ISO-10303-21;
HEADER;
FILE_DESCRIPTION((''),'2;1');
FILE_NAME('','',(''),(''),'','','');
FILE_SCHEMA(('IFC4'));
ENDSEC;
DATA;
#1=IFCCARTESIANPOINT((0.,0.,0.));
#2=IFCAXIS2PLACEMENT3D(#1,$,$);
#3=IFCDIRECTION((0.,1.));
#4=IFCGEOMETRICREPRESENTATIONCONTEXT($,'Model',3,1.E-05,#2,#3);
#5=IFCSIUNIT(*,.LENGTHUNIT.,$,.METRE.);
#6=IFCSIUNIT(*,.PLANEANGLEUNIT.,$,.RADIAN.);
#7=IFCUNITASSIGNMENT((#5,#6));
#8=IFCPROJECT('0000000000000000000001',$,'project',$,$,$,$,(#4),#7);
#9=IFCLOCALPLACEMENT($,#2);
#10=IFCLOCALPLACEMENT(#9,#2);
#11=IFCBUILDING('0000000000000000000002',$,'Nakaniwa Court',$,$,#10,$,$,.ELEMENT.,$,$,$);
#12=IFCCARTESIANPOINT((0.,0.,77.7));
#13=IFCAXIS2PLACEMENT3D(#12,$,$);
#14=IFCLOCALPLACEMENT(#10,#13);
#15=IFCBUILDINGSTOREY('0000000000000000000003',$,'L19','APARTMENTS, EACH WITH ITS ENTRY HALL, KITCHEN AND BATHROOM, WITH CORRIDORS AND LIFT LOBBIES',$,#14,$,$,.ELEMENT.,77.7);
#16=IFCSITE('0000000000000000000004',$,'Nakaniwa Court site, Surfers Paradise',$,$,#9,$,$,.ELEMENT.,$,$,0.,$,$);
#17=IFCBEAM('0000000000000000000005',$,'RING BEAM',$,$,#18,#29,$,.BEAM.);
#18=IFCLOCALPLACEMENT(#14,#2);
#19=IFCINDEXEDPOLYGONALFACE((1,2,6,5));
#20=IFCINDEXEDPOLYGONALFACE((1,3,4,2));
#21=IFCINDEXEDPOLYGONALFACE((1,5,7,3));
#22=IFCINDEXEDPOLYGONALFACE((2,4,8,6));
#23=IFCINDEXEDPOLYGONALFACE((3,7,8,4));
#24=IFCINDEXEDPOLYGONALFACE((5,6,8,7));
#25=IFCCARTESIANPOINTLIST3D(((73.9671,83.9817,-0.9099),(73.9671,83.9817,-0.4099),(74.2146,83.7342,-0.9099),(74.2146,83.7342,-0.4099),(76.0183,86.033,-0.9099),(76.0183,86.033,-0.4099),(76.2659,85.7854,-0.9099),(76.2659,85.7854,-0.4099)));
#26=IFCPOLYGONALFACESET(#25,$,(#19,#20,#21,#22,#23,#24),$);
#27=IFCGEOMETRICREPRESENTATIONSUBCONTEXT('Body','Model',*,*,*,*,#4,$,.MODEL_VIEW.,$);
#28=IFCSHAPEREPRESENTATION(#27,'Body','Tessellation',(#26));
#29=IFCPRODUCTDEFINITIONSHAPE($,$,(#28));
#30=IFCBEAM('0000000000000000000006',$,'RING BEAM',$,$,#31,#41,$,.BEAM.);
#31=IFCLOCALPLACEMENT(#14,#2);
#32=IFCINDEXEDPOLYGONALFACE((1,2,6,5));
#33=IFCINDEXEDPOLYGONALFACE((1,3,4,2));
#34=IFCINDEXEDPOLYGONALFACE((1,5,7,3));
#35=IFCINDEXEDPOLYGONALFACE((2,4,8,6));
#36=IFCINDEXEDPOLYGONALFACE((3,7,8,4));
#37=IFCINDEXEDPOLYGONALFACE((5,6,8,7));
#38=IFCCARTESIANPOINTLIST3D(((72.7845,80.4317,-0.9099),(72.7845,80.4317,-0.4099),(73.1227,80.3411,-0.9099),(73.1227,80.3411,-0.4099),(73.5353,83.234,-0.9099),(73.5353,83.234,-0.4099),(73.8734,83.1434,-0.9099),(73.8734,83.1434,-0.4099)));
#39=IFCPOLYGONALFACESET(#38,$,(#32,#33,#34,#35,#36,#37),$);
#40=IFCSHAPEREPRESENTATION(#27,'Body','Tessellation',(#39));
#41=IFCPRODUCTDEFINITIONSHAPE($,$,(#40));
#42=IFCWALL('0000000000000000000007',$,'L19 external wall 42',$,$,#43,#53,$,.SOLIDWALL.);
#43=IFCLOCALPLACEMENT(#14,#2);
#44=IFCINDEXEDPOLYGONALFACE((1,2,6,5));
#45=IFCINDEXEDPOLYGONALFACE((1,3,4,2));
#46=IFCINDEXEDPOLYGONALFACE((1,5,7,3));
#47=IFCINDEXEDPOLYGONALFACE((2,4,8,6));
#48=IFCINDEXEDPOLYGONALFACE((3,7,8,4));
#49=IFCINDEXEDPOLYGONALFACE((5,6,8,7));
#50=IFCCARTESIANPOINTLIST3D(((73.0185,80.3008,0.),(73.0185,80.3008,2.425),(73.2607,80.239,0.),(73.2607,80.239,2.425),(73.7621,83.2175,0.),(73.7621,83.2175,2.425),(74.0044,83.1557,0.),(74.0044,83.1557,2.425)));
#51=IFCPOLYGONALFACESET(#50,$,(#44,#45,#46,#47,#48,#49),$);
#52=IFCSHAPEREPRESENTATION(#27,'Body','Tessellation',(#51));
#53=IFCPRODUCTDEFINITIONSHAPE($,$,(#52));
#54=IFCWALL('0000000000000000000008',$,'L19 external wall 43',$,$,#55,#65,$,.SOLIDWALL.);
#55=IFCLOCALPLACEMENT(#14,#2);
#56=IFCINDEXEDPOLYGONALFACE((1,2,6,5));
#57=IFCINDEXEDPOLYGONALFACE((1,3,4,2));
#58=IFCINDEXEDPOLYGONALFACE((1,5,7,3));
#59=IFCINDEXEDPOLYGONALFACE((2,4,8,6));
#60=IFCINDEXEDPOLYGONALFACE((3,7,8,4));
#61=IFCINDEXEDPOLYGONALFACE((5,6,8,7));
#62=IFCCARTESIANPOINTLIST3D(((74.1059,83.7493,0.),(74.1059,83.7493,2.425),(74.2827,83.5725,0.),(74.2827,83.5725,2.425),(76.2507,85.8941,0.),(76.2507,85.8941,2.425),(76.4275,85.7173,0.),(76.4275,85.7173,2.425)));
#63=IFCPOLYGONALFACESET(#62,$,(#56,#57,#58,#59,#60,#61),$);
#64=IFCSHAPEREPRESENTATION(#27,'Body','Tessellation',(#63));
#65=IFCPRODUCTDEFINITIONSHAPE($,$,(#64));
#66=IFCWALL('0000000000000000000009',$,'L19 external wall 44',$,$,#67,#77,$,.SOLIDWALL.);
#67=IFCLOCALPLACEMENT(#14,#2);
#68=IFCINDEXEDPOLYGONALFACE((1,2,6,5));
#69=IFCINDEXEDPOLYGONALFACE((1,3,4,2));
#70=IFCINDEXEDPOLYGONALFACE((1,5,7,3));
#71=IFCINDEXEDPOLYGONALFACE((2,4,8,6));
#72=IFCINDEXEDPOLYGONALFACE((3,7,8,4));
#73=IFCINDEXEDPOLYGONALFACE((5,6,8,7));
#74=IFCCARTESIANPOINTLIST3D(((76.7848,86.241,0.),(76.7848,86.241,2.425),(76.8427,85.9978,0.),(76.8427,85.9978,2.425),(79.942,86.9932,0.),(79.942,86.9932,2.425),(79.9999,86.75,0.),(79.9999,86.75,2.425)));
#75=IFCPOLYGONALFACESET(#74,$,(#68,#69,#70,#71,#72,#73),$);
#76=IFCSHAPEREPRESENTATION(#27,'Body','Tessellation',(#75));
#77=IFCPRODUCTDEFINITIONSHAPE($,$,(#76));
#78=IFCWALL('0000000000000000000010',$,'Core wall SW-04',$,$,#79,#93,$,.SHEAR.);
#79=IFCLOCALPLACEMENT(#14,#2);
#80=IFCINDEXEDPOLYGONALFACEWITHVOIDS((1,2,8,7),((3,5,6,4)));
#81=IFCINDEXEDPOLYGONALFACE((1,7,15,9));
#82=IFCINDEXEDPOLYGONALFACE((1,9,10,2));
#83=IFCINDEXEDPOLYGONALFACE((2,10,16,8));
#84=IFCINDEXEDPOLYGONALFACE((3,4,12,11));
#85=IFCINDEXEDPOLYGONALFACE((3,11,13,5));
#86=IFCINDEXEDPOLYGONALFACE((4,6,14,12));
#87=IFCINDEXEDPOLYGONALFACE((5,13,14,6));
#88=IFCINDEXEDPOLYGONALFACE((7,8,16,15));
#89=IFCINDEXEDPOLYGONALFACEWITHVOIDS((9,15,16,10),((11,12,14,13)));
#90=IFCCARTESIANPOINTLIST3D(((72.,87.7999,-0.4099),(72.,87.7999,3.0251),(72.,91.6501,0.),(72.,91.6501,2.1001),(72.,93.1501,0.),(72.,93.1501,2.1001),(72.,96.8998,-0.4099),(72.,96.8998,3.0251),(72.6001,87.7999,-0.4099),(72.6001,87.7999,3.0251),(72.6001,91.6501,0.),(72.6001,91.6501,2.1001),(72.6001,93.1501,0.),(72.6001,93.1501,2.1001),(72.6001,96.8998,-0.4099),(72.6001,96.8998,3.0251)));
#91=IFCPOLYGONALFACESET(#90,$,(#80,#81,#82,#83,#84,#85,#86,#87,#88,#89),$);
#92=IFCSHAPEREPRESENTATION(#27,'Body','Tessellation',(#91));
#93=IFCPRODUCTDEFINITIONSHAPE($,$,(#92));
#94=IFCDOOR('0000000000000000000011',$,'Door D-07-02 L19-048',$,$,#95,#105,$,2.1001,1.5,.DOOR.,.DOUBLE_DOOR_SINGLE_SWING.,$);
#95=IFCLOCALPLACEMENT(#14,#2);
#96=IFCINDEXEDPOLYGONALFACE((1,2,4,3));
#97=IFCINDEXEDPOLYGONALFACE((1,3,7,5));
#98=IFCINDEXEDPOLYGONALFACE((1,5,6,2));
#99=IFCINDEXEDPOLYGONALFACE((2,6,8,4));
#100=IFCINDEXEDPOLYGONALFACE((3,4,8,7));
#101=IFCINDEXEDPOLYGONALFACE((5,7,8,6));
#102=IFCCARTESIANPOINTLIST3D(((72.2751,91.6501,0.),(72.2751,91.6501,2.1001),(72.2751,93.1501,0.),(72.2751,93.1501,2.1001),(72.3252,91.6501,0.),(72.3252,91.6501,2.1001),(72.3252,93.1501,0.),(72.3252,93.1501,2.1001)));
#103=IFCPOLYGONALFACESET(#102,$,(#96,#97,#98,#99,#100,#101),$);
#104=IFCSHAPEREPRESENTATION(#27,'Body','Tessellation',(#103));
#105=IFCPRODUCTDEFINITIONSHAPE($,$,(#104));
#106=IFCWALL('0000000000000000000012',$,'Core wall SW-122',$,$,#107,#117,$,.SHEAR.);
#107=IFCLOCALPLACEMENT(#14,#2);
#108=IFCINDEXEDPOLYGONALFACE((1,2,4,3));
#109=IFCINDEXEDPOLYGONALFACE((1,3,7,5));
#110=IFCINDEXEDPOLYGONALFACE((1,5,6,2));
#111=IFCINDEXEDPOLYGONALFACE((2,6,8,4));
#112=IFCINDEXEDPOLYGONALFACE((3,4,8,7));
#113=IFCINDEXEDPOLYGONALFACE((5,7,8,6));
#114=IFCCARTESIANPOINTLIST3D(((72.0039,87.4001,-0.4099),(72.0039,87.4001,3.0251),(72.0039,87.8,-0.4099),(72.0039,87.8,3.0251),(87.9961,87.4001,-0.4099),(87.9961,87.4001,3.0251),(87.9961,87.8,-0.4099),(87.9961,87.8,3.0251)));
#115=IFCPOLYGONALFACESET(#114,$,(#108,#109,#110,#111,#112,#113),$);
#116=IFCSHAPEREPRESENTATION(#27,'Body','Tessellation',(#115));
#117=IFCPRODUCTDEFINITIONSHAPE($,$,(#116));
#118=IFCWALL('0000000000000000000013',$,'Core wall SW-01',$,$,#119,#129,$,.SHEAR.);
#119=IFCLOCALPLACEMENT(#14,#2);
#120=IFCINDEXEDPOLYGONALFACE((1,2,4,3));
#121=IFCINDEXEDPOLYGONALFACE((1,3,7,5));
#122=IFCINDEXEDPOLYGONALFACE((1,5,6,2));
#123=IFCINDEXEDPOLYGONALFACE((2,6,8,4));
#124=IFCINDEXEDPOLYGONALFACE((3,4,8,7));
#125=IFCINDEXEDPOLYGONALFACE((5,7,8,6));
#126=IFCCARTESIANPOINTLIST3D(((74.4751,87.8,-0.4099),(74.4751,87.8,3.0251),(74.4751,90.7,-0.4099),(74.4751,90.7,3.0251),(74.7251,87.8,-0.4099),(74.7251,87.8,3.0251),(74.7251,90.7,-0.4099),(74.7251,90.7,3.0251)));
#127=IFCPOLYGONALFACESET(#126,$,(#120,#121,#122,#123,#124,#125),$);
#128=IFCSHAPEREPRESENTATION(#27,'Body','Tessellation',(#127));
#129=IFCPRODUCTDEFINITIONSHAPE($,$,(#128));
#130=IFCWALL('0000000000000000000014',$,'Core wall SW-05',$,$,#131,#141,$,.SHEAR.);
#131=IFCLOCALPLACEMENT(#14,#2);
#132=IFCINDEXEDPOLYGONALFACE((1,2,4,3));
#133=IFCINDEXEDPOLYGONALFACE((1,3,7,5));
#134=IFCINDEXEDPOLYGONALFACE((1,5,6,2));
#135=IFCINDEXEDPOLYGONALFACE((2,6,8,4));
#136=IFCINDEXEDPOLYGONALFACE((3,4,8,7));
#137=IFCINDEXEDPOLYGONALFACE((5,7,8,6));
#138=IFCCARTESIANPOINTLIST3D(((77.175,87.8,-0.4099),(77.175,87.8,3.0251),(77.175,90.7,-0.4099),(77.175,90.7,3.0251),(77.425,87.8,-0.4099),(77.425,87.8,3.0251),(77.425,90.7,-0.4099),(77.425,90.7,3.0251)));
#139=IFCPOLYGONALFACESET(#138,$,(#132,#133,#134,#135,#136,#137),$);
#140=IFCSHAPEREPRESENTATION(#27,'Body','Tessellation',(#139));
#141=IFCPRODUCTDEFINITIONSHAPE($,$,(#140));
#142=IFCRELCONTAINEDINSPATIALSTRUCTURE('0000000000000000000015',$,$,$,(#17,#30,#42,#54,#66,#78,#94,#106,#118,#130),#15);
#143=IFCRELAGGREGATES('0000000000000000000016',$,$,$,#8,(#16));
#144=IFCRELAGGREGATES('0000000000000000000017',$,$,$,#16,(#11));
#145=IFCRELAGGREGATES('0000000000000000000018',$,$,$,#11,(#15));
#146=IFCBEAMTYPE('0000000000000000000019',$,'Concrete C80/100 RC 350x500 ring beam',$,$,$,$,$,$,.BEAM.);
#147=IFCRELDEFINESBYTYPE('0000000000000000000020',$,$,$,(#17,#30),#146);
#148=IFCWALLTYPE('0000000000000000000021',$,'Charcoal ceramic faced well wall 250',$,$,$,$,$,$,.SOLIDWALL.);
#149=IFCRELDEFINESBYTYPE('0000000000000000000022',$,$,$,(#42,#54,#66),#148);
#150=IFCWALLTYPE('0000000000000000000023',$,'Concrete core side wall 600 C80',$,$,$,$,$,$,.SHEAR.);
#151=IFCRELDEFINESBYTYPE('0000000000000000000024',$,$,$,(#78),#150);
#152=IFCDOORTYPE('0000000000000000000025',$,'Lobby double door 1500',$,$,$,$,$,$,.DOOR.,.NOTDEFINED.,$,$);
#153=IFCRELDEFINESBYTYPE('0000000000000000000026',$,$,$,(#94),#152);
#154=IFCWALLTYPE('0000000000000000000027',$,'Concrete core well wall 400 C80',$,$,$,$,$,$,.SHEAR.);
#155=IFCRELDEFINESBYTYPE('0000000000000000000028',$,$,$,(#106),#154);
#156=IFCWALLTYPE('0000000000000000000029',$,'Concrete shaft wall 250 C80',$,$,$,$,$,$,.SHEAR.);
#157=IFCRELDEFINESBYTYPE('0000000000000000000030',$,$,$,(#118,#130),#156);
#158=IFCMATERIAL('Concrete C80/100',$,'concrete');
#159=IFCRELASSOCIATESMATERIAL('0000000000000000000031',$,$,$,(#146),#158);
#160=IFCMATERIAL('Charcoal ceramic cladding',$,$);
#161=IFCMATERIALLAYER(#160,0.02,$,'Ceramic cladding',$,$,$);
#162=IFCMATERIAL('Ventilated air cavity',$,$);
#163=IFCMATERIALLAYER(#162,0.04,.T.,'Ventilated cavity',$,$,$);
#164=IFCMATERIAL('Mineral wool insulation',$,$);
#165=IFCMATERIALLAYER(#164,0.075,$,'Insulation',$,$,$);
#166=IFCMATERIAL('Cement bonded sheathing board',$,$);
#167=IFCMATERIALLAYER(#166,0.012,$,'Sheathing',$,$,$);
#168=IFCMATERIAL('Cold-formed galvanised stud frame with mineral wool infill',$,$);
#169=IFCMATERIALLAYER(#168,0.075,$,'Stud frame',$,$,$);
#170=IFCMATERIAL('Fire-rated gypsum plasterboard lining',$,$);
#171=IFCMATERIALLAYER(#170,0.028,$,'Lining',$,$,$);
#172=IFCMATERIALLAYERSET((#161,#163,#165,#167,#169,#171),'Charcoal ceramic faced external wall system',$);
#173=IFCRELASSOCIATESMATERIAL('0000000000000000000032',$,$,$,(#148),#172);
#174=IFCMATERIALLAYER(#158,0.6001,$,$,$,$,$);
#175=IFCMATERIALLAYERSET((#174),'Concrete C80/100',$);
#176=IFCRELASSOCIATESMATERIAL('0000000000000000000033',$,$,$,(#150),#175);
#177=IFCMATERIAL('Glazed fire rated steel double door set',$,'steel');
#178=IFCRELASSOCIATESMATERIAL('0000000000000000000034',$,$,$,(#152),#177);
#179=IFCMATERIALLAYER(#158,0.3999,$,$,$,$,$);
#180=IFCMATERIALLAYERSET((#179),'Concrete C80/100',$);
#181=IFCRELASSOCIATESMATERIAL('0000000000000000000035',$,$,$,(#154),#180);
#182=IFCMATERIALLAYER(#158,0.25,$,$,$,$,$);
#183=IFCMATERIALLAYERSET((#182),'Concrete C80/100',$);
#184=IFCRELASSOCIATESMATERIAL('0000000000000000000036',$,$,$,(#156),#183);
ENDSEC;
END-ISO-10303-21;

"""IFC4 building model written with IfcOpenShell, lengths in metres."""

from ifc_helpers import new_model, si_unit, direction, frame, frame_2d, origin, origin_2d, place, context, subcontext, project, spatial, rectangle, extrude, material, layer, layer_set, material_profile, profile_set, type_object, element, fill, save


model = new_model("IFC4")

# Units and contexts
model_context = context("Model", 3, precision=1e-05, world=origin(), true_north=direction((0.0, 1.0)))
body_context = subcontext(model_context, "Body", "Model", "MODEL_VIEW")
ifc_project = project(units=[si_unit("LENGTHUNIT", "METRE"), si_unit("PLANEANGLEUNIT", "RADIAN")], contexts=[model_context])

# Site, building, storey
site_placement = place(None, origin())
site = spatial("IfcSite", under=ifc_project, at=site_placement, Name="Nakaniwa Court site, Surfers Paradise", CompositionType="ELEMENT", RefElevation=0.0)
building_placement = place(site_placement, origin())
building = spatial("IfcBuilding", under=site, at=building_placement, Name="Nakaniwa Court", CompositionType="ELEMENT")
storey_placement = place(building_placement, frame((0.0, 0.0, 77.7)))
storey = spatial("IfcBuildingStorey", under=building, at=storey_placement, Name="L19", Description="APARTMENTS, EACH WITH ITS ENTRY HALL, KITCHEN AND BATHROOM, WITH CORRIDORS AND LIFT LOBBIES", CompositionType="ELEMENT", Elevation=77.7)

# Shared definitions
ifc_material_1 = material(Name="Concrete C80/100", Category="concrete")

# Beams
ifc_material_profile_1 = material_profile(ifc_material_1, rectangle(XDim=0.3501, YDim=0.5, at=origin_2d()), Name="Concrete C80/100 RC 350x500 ring beam")
ifc_profile_set_1 = profile_set([ifc_material_profile_1], Name="Concrete C80/100")
beam_type = type_object("IfcBeamType", Name="Concrete C80/100 RC 350x500 ring beam", PredefinedType="BEAM", material=ifc_profile_set_1)
beam_1_placement = place(storey_placement, frame((76.1421, 85.9092, -0.6599), z_axis=(-0.707107, -0.707107, 0.0), x_axis=(0.707107, -0.707107, 0.0)))
element("IfcBeam", 1, at=beam_1_placement, inside=storey, type_object=beam_type, Name="RING BEAM", PredefinedType="BEAM", context=body_context, shape_type="SweptSolid", body=[
    extrude(rectangle(XDim=0.3501, YDim=0.5, at=origin_2d()), origin(), (0.0, 0.0, 1.0), 2.9009),
])
beam_2_placement = place(storey_placement, frame((73.7043, 83.1887, -0.6599), z_axis=(-0.258778, -0.965937, 0.0), x_axis=(0.965937, -0.258778, 0.0)))
element("IfcBeam", 2, at=beam_2_placement, inside=storey, type_object=beam_type, Name="RING BEAM", PredefinedType="BEAM", context=body_context, shape_type="SweptSolid", body=[
    extrude(rectangle(XDim=0.3501, YDim=0.5, at=origin_2d()), origin(), (0.0, 0.0, 1.0), 2.9011),
])

# Walls
ifc_material_2 = material(Name="Charcoal ceramic cladding")
ifc_layer_1 = layer(ifc_material_2, 0.02, Name="Ceramic cladding")
ifc_material_3 = material(Name="Ventilated air cavity")
ifc_layer_2 = layer(ifc_material_3, 0.04, ventilated=True, Name="Ventilated cavity")
ifc_material_4 = material(Name="Mineral wool insulation")
ifc_layer_3 = layer(ifc_material_4, 0.075, Name="Insulation")
ifc_material_5 = material(Name="Cement bonded sheathing board")
ifc_layer_4 = layer(ifc_material_5, 0.012, Name="Sheathing")
ifc_material_6 = material(Name="Cold-formed galvanised stud frame with mineral wool infill")
ifc_layer_5 = layer(ifc_material_6, 0.075, Name="Stud frame")
ifc_material_7 = material(Name="Fire-rated gypsum plasterboard lining")
ifc_layer_6 = layer(ifc_material_7, 0.028, Name="Lining")
ifc_layer_set_1 = layer_set([ifc_layer_1, ifc_layer_2, ifc_layer_3, ifc_layer_4, ifc_layer_5, ifc_layer_6], Name="Charcoal ceramic faced external wall system")
wall_type_1 = type_object("IfcWallType", Name="Charcoal ceramic faced well wall 250", PredefinedType="SOLIDWALL", material=ifc_layer_set_1)
wall_1_placement = place(storey_placement, frame((73.1396, 80.27, 0.0), z_axis=(0.0, 0.0, 1.0), x_axis=(0.247056, 0.969001, 0.0)))
element("IfcWall", 3, at=wall_1_placement, inside=storey, type_object=wall_type_1, Name="L19 external wall 42", PredefinedType="SOLIDWALL", context=body_context, shape_type="SweptSolid", body=[
    extrude(rectangle(XDim=3.01, YDim=0.25, at=frame_2d((1.5049, 0.0))), origin(), (0.0, 0.0, 1.0), 2.425),
])
wall_2_placement = place(storey_placement, frame((74.1943, 83.6609, 0.0), z_axis=(0.0, 0.0, 1.0), x_axis=(0.707107, 0.707107, 0.0)))
element("IfcWall", 4, at=wall_2_placement, inside=storey, type_object=wall_type_1, Name="L19 external wall 43", PredefinedType="SOLIDWALL", context=body_context, shape_type="SweptSolid", body=[
    extrude(rectangle(XDim=3.0332, YDim=0.25, at=frame_2d((1.5166, 0.0))), origin(), (0.0, 0.0, 1.0), 2.425),
])
wall_3_placement = place(storey_placement, frame((76.8137, 86.1194, 0.0), z_axis=(0.0, 0.0, 1.0), x_axis=(0.972773, 0.23176, 0.0)))
element("IfcWall", 5, at=wall_3_placement, inside=storey, type_object=wall_type_1, Name="L19 external wall 44", PredefinedType="SOLIDWALL", context=body_context, shape_type="SweptSolid", body=[
    extrude(rectangle(XDim=3.2456, YDim=0.25, at=frame_2d((1.6228, 0.0))), origin(), (0.0, 0.0, 1.0), 2.425),
])

# Wall, opening, door
ifc_layer_7 = layer(ifc_material_1, 0.6001)
ifc_layer_set_2 = layer_set([ifc_layer_7], Name="Concrete C80/100")
wall_type_2 = type_object("IfcWallType", Name="Concrete core side wall 600 C80", PredefinedType="SHEAR", material=ifc_layer_set_2)
wall_4_placement = place(storey_placement, frame((72.3, 87.8, -0.4099), z_axis=(0.0, 0.0, 1.0), x_axis=(0.0, 1.0, 0.0)))
wall_4 = element("IfcWall", 6, at=wall_4_placement, inside=storey, type_object=wall_type_2, Name="Core wall SW-04", PredefinedType="SHEAR", context=body_context, shape_type="SweptSolid", body=[
    extrude(rectangle(XDim=9.0999, YDim=0.6001, at=frame_2d((4.5498, 0.0))), origin(), (0.0, 0.0, 1.0), 3.4351),
])
opening_placement = place(wall_4_placement, frame((3.8501, 0.0, 0.4099)))
opening = element("IfcOpeningElement", 7, at=opening_placement, cuts=wall_4, PredefinedType="OPENING", context=body_context, shape_type="SweptSolid", body=[
    extrude(rectangle(XDim=1.5, YDim=2.1001, at=frame_2d((0.75, 1.05))), frame((0.0, 0.3101, 0.0), z_axis=(0.0, -1.0, 0.0), x_axis=(1.0, 0.0, 0.0)), (0.0, 0.0, 1.0), 0.6201),
])
ifc_material_8 = material(Name="Glazed fire rated steel double door set", Category="steel")
door_type = type_object("IfcDoorType", Name="Lobby double door 1500", OperationType="NOTDEFINED", PredefinedType="DOOR", material=ifc_material_8)
door_placement = place(opening_placement, origin())
door = element("IfcDoor", 8, at=door_placement, inside=storey, type_object=door_type, Name="Door D-07-02 L19-048", OperationType="DOUBLE_DOOR_SINGLE_SWING", OverallHeight=2.1001, OverallWidth=1.5, PredefinedType="DOOR", context=body_context, shape_type="SweptSolid", body=[
    extrude(rectangle(XDim=1.5, YDim=2.1001, at=frame_2d((0.75, 1.05))), frame((0.0, 0.0249, 0.0), z_axis=(0.0, -1.0, 0.0), x_axis=(1.0, 0.0, 0.0)), (0.0, 0.0, 1.0), 0.05),
])
fill(opening, door)

# Walls
ifc_layer_8 = layer(ifc_material_1, 0.3999)
ifc_layer_set_3 = layer_set([ifc_layer_8], Name="Concrete C80/100")
wall_type_3 = type_object("IfcWallType", Name="Concrete core well wall 400 C80", PredefinedType="SHEAR", material=ifc_layer_set_3)
wall_5_placement = place(storey_placement, frame((72.0039, 87.6001, -0.4099), z_axis=(0.0, 0.0, 1.0), x_axis=(1.0, 0.0, 0.0)))
element("IfcWall", 9, at=wall_5_placement, inside=storey, type_object=wall_type_3, Name="Core wall SW-122", PredefinedType="SHEAR", context=body_context, shape_type="SweptSolid", body=[
    extrude(rectangle(XDim=15.9922, YDim=0.3999, at=frame_2d((7.9961, 0.0))), origin(), (0.0, 0.0, 1.0), 3.4351),
])
ifc_layer_9 = layer(ifc_material_1, 0.25)
ifc_layer_set_4 = layer_set([ifc_layer_9], Name="Concrete C80/100")
wall_type_4 = type_object("IfcWallType", Name="Concrete shaft wall 250 C80", PredefinedType="SHEAR", material=ifc_layer_set_4)
for number, where, z_axis, x_axis, name in (
    (10, (74.6001, 87.8, -0.4099), (0.0, 0.0, 1.0), (0.0, 1.0, 0.0), "Core wall SW-01"),
    (11, (77.3, 87.8, -0.4099), (0.0, 0.0, 1.0), (0.0, 1.0, 0.0), "Core wall SW-05"),
):
    element("IfcWall", number, at=place(storey_placement, frame(where, z_axis=z_axis, x_axis=x_axis)), inside=storey, type_object=wall_type_4, Name=name, PredefinedType="SHEAR", context=body_context, shape_type="SweptSolid", body=[
        extrude(rectangle(XDim=2.8999, YDim=0.25, at=frame_2d((1.45, 0.0))), origin(), (0.0, 0.0, 1.0), 3.4351),
    ])

save(model, "model.ifc")
